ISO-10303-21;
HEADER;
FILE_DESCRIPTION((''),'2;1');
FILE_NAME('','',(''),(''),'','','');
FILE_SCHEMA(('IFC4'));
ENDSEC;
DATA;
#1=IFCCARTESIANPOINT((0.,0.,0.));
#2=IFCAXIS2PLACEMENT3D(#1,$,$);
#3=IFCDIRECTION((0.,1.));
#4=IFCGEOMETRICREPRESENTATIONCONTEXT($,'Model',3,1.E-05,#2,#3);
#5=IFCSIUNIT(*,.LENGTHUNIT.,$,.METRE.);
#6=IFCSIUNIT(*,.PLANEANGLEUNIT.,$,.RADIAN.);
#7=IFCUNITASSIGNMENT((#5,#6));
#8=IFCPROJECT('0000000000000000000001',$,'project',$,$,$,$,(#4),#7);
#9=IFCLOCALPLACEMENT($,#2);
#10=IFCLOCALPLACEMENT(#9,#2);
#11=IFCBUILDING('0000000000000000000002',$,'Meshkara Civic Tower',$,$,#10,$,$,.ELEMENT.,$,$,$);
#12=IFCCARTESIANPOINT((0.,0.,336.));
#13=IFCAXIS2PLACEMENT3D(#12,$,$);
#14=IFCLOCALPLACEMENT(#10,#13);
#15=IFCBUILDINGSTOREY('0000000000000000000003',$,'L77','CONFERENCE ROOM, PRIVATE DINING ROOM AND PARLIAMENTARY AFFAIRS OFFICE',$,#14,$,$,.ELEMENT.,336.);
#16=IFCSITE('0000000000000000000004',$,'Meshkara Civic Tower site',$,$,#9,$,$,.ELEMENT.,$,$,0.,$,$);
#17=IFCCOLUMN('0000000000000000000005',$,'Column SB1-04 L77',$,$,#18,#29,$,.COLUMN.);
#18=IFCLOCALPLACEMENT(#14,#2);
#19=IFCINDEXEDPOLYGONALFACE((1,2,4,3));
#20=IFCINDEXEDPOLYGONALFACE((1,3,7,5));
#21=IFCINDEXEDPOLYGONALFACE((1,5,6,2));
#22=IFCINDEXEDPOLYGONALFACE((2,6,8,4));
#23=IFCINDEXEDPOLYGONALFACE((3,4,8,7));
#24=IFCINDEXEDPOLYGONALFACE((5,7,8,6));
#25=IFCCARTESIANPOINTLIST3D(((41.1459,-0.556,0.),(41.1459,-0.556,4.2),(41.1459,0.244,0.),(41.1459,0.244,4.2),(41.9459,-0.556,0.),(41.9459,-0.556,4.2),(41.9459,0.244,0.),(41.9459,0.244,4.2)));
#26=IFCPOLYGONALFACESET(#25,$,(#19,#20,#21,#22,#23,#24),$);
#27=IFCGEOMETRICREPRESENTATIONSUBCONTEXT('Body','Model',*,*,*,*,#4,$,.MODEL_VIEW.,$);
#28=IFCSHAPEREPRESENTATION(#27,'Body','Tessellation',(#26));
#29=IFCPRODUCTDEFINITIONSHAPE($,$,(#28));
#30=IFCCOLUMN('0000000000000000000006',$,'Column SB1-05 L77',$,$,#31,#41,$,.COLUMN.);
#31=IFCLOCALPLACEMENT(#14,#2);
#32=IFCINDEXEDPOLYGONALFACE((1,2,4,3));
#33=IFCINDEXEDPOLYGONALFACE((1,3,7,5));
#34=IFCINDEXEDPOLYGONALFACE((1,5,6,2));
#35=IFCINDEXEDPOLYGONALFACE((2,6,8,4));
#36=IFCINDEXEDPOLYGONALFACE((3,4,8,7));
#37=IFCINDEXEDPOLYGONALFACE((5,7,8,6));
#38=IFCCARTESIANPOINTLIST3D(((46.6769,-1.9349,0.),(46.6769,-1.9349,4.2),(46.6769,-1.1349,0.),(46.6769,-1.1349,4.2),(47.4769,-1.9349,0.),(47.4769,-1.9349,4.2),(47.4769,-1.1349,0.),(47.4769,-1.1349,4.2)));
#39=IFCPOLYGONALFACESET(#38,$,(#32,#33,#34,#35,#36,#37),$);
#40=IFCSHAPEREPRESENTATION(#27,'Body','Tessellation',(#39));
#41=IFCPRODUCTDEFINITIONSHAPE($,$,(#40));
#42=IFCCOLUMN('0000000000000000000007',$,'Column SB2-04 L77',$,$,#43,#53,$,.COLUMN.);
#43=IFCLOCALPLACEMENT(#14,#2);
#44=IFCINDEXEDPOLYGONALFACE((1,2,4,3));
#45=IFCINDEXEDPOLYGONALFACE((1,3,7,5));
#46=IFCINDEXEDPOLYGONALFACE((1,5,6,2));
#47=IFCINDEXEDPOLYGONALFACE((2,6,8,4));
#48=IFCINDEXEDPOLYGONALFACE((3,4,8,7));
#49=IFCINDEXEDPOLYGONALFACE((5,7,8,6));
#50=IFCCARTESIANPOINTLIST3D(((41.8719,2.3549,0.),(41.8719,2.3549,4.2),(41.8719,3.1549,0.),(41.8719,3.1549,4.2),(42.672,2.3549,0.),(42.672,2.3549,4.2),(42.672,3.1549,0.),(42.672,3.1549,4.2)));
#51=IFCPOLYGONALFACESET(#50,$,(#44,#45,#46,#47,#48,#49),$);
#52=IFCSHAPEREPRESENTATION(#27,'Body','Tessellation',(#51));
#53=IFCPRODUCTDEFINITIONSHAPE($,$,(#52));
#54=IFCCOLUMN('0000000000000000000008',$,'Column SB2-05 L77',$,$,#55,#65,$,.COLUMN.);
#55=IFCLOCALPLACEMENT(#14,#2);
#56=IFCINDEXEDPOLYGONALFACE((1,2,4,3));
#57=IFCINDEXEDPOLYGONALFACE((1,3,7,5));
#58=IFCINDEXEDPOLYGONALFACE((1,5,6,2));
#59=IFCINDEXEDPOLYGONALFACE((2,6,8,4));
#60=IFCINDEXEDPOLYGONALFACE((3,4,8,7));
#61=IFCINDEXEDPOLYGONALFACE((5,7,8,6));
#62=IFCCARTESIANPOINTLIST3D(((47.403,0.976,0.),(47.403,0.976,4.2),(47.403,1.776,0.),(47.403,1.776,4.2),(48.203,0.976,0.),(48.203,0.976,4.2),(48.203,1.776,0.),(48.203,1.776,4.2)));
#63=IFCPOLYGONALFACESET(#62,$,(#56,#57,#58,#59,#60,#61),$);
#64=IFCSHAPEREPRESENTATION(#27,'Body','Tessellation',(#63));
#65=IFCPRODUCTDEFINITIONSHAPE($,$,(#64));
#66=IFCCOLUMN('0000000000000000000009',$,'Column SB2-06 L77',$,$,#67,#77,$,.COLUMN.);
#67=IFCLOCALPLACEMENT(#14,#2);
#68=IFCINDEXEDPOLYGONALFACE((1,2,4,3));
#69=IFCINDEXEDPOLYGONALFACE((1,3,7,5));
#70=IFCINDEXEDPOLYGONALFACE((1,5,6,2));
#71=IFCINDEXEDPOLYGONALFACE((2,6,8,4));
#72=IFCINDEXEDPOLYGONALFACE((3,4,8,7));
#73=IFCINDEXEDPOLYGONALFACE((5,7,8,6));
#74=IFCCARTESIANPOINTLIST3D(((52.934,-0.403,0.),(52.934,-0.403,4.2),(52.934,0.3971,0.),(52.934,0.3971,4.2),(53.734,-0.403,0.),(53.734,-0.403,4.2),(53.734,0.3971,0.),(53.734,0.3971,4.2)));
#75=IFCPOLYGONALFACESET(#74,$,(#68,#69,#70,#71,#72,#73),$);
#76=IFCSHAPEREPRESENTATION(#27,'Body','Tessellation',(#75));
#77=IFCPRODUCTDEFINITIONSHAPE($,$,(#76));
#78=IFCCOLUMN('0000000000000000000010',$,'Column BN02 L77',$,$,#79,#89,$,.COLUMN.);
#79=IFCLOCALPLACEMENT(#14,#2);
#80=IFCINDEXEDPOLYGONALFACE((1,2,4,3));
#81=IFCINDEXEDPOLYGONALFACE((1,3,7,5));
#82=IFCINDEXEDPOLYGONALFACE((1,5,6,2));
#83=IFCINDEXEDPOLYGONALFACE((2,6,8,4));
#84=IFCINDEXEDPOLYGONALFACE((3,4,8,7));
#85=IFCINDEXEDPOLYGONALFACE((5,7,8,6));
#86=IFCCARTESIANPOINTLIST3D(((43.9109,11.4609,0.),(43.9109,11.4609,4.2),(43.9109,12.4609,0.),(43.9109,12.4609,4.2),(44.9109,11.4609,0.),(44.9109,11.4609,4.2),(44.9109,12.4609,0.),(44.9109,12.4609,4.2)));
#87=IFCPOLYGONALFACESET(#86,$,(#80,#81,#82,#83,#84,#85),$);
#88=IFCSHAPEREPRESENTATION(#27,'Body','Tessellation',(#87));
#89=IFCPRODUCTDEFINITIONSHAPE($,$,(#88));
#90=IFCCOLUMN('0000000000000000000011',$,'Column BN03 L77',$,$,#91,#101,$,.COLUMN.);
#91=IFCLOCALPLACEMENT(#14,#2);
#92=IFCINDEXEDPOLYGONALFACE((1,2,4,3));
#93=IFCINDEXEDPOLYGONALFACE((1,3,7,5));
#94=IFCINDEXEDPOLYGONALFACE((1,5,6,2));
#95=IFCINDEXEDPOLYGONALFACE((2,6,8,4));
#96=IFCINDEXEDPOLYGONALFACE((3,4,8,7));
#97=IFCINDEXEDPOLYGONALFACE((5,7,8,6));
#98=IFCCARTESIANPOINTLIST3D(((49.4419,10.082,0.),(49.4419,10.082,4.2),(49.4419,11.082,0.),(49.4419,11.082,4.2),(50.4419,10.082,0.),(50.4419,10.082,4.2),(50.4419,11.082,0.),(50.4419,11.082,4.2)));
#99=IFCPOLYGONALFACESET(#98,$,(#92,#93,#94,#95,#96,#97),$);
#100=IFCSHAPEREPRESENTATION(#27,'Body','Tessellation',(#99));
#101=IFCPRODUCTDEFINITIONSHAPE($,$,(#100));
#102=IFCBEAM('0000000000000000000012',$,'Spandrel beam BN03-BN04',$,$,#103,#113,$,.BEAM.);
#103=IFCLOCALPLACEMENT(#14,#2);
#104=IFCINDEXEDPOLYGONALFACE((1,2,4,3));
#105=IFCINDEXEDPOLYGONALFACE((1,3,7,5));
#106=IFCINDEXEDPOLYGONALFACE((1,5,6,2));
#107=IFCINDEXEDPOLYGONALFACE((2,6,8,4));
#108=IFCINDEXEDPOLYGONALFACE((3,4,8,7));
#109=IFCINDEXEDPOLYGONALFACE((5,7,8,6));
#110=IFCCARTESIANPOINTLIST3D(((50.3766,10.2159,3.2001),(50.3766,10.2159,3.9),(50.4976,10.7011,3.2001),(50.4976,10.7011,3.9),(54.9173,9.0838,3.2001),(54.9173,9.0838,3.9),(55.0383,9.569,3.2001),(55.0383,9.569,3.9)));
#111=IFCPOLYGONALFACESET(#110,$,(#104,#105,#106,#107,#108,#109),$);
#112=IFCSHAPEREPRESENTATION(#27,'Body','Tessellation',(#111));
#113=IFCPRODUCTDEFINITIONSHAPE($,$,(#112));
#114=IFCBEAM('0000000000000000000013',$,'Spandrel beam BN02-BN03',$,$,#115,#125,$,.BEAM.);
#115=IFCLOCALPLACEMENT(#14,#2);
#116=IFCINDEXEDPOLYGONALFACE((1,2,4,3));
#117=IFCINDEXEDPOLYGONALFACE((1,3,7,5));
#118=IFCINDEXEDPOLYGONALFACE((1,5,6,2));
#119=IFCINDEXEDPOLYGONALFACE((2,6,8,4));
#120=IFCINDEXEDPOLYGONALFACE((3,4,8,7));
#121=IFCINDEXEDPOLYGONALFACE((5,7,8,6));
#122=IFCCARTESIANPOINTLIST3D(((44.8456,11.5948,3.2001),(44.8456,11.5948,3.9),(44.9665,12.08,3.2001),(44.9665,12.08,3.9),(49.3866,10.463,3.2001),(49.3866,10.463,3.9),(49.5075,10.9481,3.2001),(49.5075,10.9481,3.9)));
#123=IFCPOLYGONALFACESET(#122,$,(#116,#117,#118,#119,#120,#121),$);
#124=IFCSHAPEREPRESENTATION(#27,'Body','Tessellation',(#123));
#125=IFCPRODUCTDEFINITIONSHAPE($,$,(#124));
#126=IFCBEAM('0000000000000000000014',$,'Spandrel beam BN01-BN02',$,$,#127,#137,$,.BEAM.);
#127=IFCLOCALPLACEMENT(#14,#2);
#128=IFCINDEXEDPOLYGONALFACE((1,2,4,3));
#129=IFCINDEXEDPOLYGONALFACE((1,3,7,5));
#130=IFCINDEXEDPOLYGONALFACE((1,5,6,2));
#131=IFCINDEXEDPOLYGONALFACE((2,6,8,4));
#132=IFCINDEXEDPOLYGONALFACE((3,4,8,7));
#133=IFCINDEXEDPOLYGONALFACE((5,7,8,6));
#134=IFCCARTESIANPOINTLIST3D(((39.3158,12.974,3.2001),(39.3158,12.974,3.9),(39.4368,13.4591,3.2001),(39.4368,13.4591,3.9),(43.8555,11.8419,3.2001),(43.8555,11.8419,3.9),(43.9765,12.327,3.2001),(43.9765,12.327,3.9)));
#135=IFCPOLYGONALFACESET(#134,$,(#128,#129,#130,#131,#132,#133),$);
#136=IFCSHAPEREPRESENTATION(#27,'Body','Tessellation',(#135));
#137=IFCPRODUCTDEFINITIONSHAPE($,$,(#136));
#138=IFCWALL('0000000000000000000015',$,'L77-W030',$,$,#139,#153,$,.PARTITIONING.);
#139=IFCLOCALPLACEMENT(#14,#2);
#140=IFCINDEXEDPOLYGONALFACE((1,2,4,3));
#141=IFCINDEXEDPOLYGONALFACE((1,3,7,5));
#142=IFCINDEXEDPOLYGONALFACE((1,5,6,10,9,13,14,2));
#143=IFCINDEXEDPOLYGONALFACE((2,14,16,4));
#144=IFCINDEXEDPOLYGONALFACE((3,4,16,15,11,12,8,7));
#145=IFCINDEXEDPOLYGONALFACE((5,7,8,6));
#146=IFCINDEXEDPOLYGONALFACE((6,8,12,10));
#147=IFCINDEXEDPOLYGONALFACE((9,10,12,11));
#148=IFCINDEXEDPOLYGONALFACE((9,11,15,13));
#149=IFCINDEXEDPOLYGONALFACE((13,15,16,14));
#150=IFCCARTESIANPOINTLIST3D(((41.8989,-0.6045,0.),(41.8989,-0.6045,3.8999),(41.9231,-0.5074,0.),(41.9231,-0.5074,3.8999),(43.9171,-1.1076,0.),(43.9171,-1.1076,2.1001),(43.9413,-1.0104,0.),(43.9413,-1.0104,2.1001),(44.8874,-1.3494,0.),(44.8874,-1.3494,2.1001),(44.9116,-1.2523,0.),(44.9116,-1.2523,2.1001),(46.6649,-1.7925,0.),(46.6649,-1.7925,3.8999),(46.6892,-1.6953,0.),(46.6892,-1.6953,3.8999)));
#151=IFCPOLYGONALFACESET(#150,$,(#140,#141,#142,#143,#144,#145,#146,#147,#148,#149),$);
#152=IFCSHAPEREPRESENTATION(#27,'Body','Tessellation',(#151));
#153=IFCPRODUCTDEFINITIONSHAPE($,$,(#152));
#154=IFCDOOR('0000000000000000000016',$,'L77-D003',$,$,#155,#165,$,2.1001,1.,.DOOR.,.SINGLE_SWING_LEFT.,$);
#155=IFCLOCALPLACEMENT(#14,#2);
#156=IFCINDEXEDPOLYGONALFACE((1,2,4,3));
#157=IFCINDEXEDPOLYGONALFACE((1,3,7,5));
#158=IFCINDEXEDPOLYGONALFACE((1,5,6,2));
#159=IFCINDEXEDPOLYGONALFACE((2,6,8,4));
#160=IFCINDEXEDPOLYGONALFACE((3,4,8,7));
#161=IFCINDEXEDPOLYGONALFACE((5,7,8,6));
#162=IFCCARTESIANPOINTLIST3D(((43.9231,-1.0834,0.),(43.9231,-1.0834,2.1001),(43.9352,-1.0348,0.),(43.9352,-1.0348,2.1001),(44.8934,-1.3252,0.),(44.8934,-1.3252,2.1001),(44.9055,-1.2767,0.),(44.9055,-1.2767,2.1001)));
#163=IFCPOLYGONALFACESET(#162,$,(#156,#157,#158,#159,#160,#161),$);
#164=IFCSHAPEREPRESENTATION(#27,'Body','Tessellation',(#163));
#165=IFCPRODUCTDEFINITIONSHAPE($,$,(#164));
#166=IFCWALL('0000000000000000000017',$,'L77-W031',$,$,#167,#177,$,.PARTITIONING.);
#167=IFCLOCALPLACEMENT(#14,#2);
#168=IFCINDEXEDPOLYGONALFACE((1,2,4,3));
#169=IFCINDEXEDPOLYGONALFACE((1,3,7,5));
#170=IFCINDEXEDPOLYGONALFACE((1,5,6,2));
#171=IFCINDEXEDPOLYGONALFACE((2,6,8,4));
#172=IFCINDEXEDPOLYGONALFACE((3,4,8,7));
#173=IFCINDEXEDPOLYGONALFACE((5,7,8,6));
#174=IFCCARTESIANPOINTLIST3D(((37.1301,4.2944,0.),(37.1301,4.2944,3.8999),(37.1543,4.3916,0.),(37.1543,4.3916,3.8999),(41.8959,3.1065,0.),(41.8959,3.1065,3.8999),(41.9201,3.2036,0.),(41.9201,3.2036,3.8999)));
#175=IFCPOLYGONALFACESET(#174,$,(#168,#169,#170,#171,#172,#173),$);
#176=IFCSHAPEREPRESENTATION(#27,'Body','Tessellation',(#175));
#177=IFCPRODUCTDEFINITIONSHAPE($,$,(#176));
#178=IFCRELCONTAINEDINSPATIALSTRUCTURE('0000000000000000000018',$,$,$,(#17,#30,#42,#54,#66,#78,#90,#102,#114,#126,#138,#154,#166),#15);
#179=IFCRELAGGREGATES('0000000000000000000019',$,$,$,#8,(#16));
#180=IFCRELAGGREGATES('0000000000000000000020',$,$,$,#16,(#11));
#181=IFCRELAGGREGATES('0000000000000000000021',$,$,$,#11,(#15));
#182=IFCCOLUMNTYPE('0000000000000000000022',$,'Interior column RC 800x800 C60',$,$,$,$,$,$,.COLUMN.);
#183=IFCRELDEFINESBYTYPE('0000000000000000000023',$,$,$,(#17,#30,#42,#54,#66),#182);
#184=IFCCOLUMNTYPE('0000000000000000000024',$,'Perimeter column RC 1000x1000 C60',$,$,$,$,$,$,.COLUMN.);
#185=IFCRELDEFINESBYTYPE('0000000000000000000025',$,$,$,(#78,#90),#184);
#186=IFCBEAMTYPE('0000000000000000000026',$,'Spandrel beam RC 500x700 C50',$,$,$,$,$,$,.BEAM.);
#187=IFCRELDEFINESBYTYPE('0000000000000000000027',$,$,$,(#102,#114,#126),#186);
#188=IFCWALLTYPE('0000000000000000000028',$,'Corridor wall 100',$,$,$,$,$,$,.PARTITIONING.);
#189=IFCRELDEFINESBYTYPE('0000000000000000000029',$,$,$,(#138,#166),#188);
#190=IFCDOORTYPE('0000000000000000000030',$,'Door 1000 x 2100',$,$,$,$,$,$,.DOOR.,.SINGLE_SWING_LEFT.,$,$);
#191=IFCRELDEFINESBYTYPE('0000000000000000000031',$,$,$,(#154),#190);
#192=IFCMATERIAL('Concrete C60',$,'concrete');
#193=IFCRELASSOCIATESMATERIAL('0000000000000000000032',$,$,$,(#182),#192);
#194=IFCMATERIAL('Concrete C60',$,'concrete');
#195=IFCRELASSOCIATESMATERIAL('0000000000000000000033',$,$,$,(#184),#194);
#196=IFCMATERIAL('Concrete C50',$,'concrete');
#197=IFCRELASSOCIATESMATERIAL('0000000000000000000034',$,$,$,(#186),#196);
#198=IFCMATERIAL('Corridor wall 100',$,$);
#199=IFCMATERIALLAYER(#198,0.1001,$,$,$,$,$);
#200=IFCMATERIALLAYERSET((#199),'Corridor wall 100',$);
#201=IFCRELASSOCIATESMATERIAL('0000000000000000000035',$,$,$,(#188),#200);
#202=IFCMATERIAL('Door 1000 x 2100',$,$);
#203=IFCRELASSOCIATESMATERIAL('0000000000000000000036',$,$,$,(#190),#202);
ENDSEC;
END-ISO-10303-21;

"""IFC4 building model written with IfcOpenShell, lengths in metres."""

from ifc_helpers import new_model, si_unit, direction, frame, frame_2d, origin, origin_2d, place, context, subcontext, project, spatial, rectangle, extrude, material, layer, layer_set, material_profile, profile_set, type_object, element, fill, save


model = new_model("IFC4")

# Units and contexts
model_context = context("Model", 3, precision=1e-05, world=origin(), true_north=direction((0.0, 1.0)))
body_context = subcontext(model_context, "Body", "Model", "MODEL_VIEW")
ifc_project = project(units=[si_unit("LENGTHUNIT", "METRE"), si_unit("PLANEANGLEUNIT", "RADIAN")], contexts=[model_context])

# Site, building, storey
site_placement = place(None, origin())
site = spatial("IfcSite", under=ifc_project, at=site_placement, Name="Meshkara Civic Tower site", CompositionType="ELEMENT", RefElevation=0.0)
building_placement = place(site_placement, origin())
building = spatial("IfcBuilding", under=site, at=building_placement, Name="Meshkara Civic Tower", CompositionType="ELEMENT")
storey_placement = place(building_placement, frame((0.0, 0.0, 336.0)))
storey = spatial("IfcBuildingStorey", under=building, at=storey_placement, Name="L77", Description="CONFERENCE ROOM, PRIVATE DINING ROOM AND PARLIAMENTARY AFFAIRS OFFICE", CompositionType="ELEMENT", Elevation=336.0)

# Columns
ifc_material_1 = material(Name="Concrete C60", Category="concrete")
ifc_material_profile_1 = material_profile(ifc_material_1, rectangle(XDim=0.8, YDim=0.8, at=origin_2d()))
ifc_profile_set_1 = profile_set([ifc_material_profile_1], Name="Concrete C60")
column_type_1 = type_object("IfcColumnType", Name="Interior column RC 800x800 C60", PredefinedType="COLUMN", material=ifc_profile_set_1)
for number, where, z_axis, x_axis, name in (
    (1, (41.5459, -0.156, 0.0), (0.0, 0.0, 1.0), (1.0, 0.0, 0.0), "Column SB1-04 L77"),
    (2, (47.0769, -1.5349, 0.0), (0.0, 0.0, 1.0), (1.0, 0.0, 0.0), "Column SB1-05 L77"),
    (3, (42.272, 2.7549, 0.0), (0.0, 0.0, 1.0), (1.0, 0.0, 0.0), "Column SB2-04 L77"),
    (4, (47.803, 1.376, 0.0), (0.0, 0.0, 1.0), (1.0, 0.0, 0.0), "Column SB2-05 L77"),
    (5, (53.334, -0.0029, 0.0), (0.0, 0.0, 1.0), (1.0, 0.0, 0.0), "Column SB2-06 L77"),
):
    element("IfcColumn", number, at=place(storey_placement, frame(where, z_axis=z_axis, x_axis=x_axis)), inside=storey, type_object=column_type_1, Name=name, PredefinedType="COLUMN", context=body_context, shape_type="SweptSolid", body=[
        extrude(rectangle(XDim=0.8, YDim=0.8, at=origin_2d()), origin(), (0.0, 0.0, 1.0), 4.2),
    ])
ifc_material_2 = material(Name="Concrete C60", Category="concrete")
ifc_material_profile_2 = material_profile(ifc_material_2, rectangle(XDim=1.0, YDim=1.0, at=origin_2d()))
ifc_profile_set_2 = profile_set([ifc_material_profile_2], Name="Concrete C60")
column_type_2 = type_object("IfcColumnType", Name="Perimeter column RC 1000x1000 C60", PredefinedType="COLUMN", material=ifc_profile_set_2)
for number, where, z_axis, x_axis, name in (
    (6, (44.4109, 11.9609, 0.0), (0.0, 0.0, 1.0), (1.0, 0.0, 0.0), "Column BN02 L77"),
    (7, (49.9419, 10.582, 0.0), (0.0, 0.0, 1.0), (1.0, 0.0, 0.0), "Column BN03 L77"),
):
    element("IfcColumn", number, at=place(storey_placement, frame(where, z_axis=z_axis, x_axis=x_axis)), inside=storey, type_object=column_type_2, Name=name, PredefinedType="COLUMN", context=body_context, shape_type="SweptSolid", body=[
        extrude(rectangle(XDim=1.0, YDim=1.0, at=origin_2d()), origin(), (0.0, 0.0, 1.0), 4.2),
    ])

# Beams
ifc_material_3 = material(Name="Concrete C50", Category="concrete")
ifc_material_profile_3 = material_profile(ifc_material_3, rectangle(XDim=0.5, YDim=0.7, at=origin_2d()))
ifc_profile_set_3 = profile_set([ifc_material_profile_3], Name="Concrete C50")
beam_type = type_object("IfcBeamType", Name="Spandrel beam RC 500x700 C50", PredefinedType="BEAM", material=ifc_profile_set_3)
beam_1_placement = place(storey_placement, frame((54.9778, 9.3264, 3.55), z_axis=(-0.970299, 0.24191, 0.0), x_axis=(-0.24191, -0.970299, 0.0)))
element("IfcBeam", 8, at=beam_1_placement, inside=storey, type_object=beam_type, Name="Spandrel beam BN03-BN04", PredefinedType="BEAM", context=body_context, shape_type="SweptSolid", body=[
    extrude(rectangle(XDim=0.5, YDim=0.7, at=origin_2d()), origin(), (0.0, 0.0, 1.0), 4.6797),
])
beam_2_placement = place(storey_placement, frame((49.447, 10.7056, 3.55), z_axis=(-0.970314, 0.241848, 0.0), x_axis=(-0.241848, -0.970314, 0.0)))
element("IfcBeam", 9, at=beam_2_placement, inside=storey, type_object=beam_type, Name="Spandrel beam BN02-BN03", PredefinedType="BEAM", context=body_context, shape_type="SweptSolid", body=[
    extrude(rectangle(XDim=0.5, YDim=0.7, at=origin_2d()), origin(), (0.0, 0.0, 1.0), 4.6799),
])
beam_3_placement = place(storey_placement, frame((43.916, 12.0845, 3.55), z_axis=(-0.970287, 0.241959, 0.0), x_axis=(-0.241959, -0.970287, 0.0)))
element("IfcBeam", 10, at=beam_3_placement, inside=storey, type_object=beam_type, Name="Spandrel beam BN01-BN02", PredefinedType="BEAM", context=body_context, shape_type="SweptSolid", body=[
    extrude(rectangle(XDim=0.5, YDim=0.7, at=origin_2d()), origin(), (0.0, 0.0, 1.0), 4.6787),
])

# Wall, opening, door
ifc_material_4 = material(Name="Corridor wall 100")
ifc_layer_1 = layer(ifc_material_4, 0.1001)
ifc_layer_set_1 = layer_set([ifc_layer_1], Name="Corridor wall 100")
wall_type_1 = type_object("IfcWallType", Name="Corridor wall 100", PredefinedType="PARTITIONING", material=ifc_layer_set_1)
wall_1_placement = place(storey_placement, frame((41.9109, -0.5559, 0.0), z_axis=(0.0, 0.0, 1.0), x_axis=(0.970312, -0.241857, 0.0)))
wall_1 = element("IfcWall", 11, at=wall_1_placement, inside=storey, type_object=wall_type_1, Name="L77-W030", PredefinedType="PARTITIONING", context=body_context, shape_type="SweptSolid", body=[
    extrude(rectangle(XDim=4.9119, YDim=0.1001, at=frame_2d((2.4561, 0.0))), origin(), (0.0, 0.0, 1.0), 3.8999),
])
opening_1_placement = place(wall_1_placement, frame((2.0801, 0.0, 0.0)))
opening_1 = element("IfcOpeningElement", 12, at=opening_1_placement, cuts=wall_1, PredefinedType="OPENING", context=body_context, shape_type="SweptSolid", body=[
    extrude(rectangle(XDim=1.0, YDim=2.1001, at=frame_2d((0.5, 1.05))), frame((0.0, 0.0601, 0.0), z_axis=(0.0, -1.0, 0.0), x_axis=(1.0, 0.0, 0.0)), (0.0, 0.0, 1.0), 0.1201),
])
ifc_material_5 = material(Name="Door 1000 x 2100")
door_type_1 = type_object("IfcDoorType", Name="Door 1000 x 2100", OperationType="SINGLE_SWING_LEFT", PredefinedType="DOOR", material=ifc_material_5)
door_1_placement = place(opening_1_placement, origin())
door_1 = element("IfcDoor", 13, at=door_1_placement, inside=storey, type_object=door_type_1, Name="L77-D003", OperationType="SINGLE_SWING_LEFT", OverallHeight=2.1001, OverallWidth=1.0, PredefinedType="DOOR", context=body_context, shape_type="SweptSolid", body=[
    extrude(rectangle(XDim=1.0, YDim=2.1001, at=frame_2d((0.5, 1.05))), frame((0.0, 0.0249, 0.0), z_axis=(0.0, -1.0, 0.0), x_axis=(1.0, 0.0, 0.0)), (0.0, 0.0, 1.0), 0.05),
])
fill(opening_1, door_1)

# Wall
wall_2_placement = place(storey_placement, frame((41.908, 3.155, 0.0), z_axis=(0.0, 0.0, 1.0), x_axis=(-0.970309, 0.241869, 0.0)))
element("IfcWall", 14, at=wall_2_placement, inside=storey, type_object=wall_type_1, Name="L77-W031", PredefinedType="PARTITIONING", context=body_context, shape_type="SweptSolid", body=[
    extrude(rectangle(XDim=4.9116, YDim=0.1001, at=frame_2d((2.4558, 0.0))), origin(), (0.0, 0.0, 1.0), 3.8999),
])

save(model, "model.ifc")
